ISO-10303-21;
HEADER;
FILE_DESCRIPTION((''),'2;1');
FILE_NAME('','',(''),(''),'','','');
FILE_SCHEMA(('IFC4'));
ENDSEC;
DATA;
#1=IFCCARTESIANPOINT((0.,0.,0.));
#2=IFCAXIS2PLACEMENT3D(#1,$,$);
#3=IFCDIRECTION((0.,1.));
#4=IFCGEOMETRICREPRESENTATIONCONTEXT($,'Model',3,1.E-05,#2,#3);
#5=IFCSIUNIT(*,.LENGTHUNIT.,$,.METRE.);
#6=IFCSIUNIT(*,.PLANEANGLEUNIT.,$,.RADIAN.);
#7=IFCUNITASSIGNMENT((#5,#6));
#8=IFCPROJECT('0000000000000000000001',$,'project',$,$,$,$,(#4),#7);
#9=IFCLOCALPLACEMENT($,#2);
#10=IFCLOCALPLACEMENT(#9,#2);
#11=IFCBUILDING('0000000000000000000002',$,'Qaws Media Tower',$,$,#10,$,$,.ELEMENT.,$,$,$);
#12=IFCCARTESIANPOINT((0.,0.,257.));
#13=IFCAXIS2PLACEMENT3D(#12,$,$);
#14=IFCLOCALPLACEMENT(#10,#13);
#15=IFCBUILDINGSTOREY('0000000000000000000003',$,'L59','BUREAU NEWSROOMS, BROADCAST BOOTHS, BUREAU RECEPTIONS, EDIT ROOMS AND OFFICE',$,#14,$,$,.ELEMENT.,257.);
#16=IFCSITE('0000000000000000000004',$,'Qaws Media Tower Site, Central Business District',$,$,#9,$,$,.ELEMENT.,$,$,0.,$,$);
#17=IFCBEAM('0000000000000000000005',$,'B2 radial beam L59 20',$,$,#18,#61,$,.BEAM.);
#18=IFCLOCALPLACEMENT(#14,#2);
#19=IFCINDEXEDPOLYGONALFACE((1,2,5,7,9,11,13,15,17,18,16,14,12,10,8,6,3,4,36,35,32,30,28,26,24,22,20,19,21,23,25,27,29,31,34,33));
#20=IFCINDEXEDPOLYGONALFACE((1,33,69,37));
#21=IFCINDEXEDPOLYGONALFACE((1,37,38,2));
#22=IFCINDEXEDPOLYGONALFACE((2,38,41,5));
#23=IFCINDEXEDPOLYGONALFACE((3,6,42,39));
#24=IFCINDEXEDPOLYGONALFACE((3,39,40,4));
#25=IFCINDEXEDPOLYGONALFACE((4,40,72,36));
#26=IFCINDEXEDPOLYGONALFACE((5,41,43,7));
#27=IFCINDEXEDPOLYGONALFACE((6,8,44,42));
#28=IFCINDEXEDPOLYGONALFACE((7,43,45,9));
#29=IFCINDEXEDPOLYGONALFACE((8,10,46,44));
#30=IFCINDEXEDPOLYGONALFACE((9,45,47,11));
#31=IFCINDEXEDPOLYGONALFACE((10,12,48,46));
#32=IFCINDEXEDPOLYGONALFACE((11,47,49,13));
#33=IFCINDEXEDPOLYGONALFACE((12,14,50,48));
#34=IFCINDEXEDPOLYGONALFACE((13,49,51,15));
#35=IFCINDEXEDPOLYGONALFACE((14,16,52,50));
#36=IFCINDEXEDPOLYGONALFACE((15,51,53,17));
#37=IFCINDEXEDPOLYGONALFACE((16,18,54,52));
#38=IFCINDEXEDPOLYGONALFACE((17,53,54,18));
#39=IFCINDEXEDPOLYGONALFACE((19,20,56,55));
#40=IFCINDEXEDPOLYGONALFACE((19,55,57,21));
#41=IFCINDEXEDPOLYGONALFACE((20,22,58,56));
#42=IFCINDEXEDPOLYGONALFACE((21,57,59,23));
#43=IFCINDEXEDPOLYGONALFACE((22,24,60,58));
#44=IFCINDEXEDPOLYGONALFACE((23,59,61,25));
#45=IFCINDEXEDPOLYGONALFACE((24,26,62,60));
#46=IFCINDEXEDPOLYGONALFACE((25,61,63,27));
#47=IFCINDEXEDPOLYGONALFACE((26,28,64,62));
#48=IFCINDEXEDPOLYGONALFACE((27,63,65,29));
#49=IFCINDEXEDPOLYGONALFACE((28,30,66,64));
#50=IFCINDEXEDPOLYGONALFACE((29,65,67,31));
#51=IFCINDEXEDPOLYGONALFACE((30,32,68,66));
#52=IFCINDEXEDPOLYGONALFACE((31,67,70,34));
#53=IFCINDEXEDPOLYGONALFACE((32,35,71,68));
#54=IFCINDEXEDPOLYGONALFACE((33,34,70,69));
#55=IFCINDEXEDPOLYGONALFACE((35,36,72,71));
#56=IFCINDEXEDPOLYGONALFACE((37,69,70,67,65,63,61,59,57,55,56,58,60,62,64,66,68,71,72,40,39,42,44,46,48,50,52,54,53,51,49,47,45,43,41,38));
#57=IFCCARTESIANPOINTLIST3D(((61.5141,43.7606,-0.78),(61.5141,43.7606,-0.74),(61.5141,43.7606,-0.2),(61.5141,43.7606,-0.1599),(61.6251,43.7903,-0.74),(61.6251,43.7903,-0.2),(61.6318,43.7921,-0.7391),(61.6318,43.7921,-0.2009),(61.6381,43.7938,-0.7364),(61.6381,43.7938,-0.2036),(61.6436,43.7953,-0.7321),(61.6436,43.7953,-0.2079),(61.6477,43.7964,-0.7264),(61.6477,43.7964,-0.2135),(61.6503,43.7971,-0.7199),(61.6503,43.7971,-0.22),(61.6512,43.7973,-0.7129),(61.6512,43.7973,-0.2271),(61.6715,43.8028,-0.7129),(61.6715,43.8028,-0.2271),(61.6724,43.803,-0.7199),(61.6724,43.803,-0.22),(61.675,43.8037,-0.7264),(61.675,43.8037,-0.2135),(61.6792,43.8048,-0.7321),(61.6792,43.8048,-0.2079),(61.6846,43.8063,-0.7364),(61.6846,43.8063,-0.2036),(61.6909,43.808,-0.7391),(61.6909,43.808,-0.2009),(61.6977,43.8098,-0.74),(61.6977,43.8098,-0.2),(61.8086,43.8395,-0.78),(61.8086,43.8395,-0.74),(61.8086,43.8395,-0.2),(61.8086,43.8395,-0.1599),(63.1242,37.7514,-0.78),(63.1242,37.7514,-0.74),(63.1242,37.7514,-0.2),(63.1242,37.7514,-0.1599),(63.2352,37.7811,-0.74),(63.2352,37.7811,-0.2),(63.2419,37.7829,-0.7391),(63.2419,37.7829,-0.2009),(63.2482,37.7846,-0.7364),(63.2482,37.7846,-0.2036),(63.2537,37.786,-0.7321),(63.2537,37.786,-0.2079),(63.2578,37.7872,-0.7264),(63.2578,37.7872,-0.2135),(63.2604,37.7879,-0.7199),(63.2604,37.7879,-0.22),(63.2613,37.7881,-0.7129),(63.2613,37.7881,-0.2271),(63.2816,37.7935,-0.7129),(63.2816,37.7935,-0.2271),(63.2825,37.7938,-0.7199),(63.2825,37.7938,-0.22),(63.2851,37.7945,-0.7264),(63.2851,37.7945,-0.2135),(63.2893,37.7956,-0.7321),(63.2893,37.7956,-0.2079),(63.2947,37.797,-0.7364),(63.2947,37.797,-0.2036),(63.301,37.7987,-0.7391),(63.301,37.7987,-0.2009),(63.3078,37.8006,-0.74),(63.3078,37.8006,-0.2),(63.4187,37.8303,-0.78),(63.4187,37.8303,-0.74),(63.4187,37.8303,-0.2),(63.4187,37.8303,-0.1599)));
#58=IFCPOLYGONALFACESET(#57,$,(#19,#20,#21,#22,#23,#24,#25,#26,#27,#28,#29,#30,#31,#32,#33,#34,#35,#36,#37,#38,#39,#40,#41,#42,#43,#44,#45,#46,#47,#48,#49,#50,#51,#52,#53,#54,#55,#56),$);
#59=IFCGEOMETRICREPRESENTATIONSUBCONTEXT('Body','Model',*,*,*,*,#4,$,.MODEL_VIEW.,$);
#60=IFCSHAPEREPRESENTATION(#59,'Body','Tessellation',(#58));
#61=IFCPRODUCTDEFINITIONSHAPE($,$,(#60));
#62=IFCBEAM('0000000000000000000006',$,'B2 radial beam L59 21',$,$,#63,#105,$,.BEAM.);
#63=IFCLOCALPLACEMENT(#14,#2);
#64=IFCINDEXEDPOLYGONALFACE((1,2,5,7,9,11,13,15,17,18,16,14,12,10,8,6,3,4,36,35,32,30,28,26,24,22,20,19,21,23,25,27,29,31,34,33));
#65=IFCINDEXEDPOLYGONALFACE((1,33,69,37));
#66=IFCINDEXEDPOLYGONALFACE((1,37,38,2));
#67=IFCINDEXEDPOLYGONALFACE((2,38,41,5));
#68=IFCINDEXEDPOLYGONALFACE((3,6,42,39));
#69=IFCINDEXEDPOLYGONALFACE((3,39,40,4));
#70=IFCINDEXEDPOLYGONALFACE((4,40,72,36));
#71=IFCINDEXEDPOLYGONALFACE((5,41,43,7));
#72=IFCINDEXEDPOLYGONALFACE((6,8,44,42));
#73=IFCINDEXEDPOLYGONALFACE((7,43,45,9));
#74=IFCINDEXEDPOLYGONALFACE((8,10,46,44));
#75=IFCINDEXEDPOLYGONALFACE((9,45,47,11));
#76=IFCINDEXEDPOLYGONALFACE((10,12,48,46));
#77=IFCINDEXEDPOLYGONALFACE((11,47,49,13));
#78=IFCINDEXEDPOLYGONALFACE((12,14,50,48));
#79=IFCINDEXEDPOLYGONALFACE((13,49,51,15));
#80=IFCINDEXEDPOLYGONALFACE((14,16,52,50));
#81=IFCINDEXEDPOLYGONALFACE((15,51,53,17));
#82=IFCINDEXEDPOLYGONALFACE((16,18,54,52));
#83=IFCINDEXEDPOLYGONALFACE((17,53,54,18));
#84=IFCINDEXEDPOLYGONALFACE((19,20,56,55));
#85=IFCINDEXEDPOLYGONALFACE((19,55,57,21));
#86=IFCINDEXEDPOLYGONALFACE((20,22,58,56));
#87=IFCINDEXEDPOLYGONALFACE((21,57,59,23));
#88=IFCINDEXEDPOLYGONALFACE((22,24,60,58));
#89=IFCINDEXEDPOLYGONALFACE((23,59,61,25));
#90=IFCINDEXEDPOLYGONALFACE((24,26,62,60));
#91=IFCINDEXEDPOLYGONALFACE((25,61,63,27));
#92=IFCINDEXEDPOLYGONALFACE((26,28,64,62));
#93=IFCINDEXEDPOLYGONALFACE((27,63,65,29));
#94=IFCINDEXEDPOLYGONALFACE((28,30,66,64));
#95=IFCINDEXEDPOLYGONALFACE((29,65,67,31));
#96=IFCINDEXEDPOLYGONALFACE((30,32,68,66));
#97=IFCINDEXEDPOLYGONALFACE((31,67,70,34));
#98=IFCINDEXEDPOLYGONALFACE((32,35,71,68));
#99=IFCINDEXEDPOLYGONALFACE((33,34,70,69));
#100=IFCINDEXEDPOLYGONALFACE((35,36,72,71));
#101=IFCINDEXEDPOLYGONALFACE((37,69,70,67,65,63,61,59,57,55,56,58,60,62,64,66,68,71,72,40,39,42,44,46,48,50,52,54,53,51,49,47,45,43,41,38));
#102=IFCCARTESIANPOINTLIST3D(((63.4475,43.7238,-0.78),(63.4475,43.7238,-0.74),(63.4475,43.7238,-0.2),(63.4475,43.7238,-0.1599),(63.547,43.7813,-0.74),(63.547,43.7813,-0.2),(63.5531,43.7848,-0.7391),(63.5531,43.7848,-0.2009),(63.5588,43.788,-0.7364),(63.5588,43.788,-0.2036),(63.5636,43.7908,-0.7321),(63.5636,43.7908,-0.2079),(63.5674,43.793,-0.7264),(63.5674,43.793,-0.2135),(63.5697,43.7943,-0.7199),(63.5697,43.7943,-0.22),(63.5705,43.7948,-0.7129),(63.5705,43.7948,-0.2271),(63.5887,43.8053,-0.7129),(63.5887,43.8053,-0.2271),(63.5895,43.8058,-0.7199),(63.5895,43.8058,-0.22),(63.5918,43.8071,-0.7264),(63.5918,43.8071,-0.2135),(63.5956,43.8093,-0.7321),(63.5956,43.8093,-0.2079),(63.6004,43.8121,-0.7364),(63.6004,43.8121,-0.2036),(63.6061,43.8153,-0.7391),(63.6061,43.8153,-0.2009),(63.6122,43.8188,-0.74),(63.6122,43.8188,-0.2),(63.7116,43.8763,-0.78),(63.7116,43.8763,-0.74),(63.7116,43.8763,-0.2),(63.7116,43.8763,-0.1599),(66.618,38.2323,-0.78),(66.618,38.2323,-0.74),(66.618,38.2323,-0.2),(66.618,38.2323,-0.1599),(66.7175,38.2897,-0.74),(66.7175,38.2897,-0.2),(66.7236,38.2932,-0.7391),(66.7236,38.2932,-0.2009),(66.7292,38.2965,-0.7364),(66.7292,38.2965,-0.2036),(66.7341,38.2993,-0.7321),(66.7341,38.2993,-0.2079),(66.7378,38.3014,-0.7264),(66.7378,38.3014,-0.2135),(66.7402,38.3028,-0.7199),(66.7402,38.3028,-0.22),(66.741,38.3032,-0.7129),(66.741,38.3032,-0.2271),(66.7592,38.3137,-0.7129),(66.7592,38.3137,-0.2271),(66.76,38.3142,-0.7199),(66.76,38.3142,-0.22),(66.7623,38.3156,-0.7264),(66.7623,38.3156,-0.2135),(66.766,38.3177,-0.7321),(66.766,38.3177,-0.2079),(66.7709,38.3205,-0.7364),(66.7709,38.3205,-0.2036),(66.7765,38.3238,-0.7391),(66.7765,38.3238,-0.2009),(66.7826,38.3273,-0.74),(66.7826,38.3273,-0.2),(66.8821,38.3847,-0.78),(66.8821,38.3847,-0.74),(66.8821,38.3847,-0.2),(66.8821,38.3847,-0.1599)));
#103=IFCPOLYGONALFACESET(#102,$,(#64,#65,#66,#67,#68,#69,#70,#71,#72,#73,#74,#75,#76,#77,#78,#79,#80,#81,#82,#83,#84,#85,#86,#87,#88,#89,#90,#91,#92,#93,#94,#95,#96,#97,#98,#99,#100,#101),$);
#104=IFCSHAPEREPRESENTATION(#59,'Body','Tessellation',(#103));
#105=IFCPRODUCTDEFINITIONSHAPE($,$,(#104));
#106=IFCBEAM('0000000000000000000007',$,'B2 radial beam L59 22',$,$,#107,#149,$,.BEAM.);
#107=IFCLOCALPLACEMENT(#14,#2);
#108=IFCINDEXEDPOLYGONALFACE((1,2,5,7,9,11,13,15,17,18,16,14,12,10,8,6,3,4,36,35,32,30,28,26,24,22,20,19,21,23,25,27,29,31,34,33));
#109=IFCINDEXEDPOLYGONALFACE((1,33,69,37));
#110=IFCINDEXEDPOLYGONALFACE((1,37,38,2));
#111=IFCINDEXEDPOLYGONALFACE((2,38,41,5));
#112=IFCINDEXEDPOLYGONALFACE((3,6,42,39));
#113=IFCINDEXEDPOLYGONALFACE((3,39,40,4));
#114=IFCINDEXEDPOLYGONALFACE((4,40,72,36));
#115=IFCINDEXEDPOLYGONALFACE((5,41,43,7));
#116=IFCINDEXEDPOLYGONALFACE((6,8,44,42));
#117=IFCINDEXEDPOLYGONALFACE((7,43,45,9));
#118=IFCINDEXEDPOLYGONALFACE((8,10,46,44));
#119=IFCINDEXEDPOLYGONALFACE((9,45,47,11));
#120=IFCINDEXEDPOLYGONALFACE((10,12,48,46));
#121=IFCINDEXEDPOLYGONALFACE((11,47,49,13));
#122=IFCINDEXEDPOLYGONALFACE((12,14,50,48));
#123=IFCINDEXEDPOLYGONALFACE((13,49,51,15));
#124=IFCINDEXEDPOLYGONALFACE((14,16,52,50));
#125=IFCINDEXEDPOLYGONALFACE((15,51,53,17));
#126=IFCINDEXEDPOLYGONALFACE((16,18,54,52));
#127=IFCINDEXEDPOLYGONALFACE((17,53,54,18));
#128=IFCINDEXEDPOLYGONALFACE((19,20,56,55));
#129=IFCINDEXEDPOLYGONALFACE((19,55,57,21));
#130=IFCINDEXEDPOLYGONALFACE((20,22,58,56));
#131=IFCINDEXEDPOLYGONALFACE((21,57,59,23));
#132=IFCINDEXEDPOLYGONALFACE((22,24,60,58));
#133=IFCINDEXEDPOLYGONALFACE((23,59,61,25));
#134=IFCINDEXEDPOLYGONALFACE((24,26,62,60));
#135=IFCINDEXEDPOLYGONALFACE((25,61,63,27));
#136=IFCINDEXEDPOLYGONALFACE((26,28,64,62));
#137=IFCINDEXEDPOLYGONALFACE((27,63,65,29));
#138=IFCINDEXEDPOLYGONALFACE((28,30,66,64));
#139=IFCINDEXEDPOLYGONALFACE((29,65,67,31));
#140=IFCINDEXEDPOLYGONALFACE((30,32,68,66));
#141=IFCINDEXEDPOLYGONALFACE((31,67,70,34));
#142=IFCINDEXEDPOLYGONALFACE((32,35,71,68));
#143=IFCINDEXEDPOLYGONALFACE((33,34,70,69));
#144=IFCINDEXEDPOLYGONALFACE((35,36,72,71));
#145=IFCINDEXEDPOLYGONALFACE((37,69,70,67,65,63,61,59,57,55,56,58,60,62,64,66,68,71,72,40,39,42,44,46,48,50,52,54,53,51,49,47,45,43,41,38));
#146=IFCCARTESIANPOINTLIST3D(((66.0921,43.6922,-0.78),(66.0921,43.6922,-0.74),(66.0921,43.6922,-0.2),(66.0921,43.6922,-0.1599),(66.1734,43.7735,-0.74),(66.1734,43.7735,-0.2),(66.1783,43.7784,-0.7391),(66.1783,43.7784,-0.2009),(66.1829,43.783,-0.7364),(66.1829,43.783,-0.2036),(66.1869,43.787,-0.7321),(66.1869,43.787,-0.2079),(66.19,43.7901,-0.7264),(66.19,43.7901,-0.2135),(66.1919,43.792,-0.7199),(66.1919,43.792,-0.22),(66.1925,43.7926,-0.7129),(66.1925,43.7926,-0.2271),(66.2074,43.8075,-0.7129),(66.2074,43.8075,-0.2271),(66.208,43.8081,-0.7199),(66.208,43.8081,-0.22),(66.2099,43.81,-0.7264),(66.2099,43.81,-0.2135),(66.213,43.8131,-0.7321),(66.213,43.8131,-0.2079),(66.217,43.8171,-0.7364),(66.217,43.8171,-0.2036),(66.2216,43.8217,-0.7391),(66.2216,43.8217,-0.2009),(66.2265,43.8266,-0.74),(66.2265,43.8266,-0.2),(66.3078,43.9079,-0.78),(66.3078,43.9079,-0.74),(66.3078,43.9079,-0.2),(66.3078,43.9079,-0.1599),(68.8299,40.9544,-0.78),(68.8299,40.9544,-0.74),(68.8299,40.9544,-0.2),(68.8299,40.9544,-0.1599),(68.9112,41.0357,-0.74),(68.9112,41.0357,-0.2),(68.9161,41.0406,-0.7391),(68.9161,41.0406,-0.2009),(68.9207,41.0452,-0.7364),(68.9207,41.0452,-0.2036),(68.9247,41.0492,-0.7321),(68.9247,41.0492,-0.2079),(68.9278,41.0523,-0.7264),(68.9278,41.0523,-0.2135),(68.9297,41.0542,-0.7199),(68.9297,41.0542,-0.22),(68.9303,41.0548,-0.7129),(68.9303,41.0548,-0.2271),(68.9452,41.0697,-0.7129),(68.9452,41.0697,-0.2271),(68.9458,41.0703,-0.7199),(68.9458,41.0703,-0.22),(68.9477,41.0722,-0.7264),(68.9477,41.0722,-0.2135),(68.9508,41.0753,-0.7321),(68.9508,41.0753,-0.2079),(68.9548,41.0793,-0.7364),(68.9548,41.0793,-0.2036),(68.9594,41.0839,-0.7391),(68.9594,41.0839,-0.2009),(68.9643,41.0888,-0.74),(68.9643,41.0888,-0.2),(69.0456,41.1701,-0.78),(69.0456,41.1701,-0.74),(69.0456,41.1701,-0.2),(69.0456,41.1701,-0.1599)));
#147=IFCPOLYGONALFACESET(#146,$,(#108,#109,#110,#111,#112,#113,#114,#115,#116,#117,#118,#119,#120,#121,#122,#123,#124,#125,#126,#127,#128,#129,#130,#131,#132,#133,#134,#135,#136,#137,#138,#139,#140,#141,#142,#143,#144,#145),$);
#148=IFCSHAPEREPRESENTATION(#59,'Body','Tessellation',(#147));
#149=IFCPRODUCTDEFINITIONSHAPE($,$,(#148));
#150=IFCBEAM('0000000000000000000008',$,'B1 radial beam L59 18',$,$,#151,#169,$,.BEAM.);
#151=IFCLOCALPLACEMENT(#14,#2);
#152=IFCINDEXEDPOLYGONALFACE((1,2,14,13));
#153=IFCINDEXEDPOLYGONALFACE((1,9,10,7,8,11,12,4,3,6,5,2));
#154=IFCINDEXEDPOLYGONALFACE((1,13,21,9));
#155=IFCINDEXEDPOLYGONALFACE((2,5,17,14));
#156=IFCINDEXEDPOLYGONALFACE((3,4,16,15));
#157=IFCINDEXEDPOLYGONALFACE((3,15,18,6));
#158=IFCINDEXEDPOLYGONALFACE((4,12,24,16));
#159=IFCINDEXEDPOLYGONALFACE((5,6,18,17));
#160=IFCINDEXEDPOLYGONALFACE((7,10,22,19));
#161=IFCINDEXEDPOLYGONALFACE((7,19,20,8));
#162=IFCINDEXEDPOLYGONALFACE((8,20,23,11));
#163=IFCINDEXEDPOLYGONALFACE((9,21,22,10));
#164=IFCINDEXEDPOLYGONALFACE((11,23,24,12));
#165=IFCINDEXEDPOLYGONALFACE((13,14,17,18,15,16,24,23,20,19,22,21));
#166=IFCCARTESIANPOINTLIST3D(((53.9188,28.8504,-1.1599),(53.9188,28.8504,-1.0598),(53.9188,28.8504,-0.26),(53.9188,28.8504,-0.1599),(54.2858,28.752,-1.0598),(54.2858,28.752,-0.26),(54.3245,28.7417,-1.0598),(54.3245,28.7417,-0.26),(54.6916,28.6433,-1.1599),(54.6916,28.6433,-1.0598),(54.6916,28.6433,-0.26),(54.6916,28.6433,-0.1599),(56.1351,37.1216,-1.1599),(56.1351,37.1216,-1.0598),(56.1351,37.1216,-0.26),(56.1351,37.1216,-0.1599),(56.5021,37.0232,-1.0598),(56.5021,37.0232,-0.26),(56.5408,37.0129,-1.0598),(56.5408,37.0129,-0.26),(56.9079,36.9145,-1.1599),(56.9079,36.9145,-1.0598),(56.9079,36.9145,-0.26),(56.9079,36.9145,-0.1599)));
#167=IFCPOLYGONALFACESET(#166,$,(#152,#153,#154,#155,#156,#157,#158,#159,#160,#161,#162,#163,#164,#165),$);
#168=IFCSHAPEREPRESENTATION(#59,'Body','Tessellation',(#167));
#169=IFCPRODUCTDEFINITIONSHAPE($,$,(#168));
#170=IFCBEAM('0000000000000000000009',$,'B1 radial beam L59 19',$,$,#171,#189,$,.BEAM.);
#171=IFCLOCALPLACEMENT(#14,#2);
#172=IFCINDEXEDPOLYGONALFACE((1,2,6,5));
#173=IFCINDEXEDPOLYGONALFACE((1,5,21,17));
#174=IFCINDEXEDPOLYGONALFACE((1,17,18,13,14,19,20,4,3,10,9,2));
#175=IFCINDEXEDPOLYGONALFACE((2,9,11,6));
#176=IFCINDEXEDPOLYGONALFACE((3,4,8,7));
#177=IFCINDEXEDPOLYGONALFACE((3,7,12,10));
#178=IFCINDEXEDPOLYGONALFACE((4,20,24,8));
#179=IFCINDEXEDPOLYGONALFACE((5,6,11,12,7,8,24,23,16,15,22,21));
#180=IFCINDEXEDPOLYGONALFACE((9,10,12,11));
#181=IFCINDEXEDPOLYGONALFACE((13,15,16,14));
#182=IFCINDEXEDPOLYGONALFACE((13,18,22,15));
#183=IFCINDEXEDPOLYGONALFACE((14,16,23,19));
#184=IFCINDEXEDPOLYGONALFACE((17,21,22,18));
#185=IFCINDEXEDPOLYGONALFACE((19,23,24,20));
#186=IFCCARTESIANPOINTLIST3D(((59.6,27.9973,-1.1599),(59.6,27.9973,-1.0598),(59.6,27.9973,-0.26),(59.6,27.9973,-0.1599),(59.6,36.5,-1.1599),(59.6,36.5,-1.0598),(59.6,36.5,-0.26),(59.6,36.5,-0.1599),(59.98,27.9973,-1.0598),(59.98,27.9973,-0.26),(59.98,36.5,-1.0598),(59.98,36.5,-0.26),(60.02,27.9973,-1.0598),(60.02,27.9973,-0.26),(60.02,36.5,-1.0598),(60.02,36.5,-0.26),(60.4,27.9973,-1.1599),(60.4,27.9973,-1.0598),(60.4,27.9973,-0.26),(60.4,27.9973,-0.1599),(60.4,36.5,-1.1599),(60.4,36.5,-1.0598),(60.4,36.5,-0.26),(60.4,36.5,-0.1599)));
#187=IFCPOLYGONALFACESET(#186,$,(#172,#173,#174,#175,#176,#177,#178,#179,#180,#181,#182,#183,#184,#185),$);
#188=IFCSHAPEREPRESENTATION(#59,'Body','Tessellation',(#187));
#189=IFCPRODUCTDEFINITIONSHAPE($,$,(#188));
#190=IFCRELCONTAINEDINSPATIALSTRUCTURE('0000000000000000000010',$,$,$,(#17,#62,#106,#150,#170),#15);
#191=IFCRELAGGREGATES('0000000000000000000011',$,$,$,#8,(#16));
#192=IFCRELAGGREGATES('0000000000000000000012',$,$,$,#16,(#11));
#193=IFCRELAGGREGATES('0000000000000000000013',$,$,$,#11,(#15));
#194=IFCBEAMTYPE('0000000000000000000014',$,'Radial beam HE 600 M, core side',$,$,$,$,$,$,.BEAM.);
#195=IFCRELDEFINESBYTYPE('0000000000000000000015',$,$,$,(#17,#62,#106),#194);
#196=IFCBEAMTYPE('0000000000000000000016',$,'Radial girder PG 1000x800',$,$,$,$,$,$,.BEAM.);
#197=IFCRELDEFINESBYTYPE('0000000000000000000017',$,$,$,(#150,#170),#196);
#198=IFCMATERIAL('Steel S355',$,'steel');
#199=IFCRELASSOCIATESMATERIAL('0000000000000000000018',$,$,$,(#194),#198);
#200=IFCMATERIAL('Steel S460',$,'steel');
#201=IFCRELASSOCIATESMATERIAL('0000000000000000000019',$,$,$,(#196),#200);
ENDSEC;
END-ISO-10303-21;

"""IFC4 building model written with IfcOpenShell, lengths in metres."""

from ifc_helpers import new_model, si_unit, direction, frame, origin, origin_2d, place, context, subcontext, project, spatial, i_section, extrude, material, material_profile, profile_set, type_object, element, save


model = new_model("IFC4")

# Units and contexts
model_context = context("Model", 3, precision=1e-05, world=origin(), true_north=direction((0.0, 1.0)))
body_context = subcontext(model_context, "Body", "Model", "MODEL_VIEW")
ifc_project = project(units=[si_unit("LENGTHUNIT", "METRE"), si_unit("PLANEANGLEUNIT", "RADIAN")], contexts=[model_context])

# Site, building, storey
site_placement = place(None, origin())
site = spatial("IfcSite", under=ifc_project, at=site_placement, Name="Qaws Media Tower Site, Central Business District", CompositionType="ELEMENT", RefElevation=0.0)
building_placement = place(site_placement, origin())
building = spatial("IfcBuilding", under=site, at=building_placement, Name="Qaws Media Tower", CompositionType="ELEMENT")
storey_placement = place(building_placement, frame((0.0, 0.0, 257.0)))
storey = spatial("IfcBuildingStorey", under=building, at=storey_placement, Name="L59", Description="BUREAU NEWSROOMS, BROADCAST BOOTHS, BUREAU RECEPTIONS, EDIT ROOMS AND OFFICE", CompositionType="ELEMENT", Elevation=257.0)

# Beams
ifc_material_1 = material(Name="Steel S355", Category="steel")
ifc_material_profile_1 = material_profile(ifc_material_1, i_section(OverallWidth=0.3049, OverallDepth=0.6201, WebThickness=0.021, FlangeThickness=0.04, FilletRadius=0.0271, at=origin_2d()), Name="HE 600 M")
ifc_profile_set_1 = profile_set([ifc_material_profile_1], Name="Steel S355")
beam_type_1 = type_object("IfcBeamType", Name="Radial beam HE 600 M, core side", PredefinedType="BEAM", material=ifc_profile_set_1)
beam_1_placement = place(storey_placement, frame((61.6614, 43.8, -0.47), z_axis=(0.258808, -0.965929, 0.0), x_axis=(0.965929, 0.258808, 0.0)))
element("IfcBeam", 1, at=beam_1_placement, inside=storey, type_object=beam_type_1, Name="B2 radial beam L59 20", PredefinedType="BEAM", context=body_context, shape_type="SweptSolid", body=[
    extrude(i_section(OverallWidth=0.3049, OverallDepth=0.6201, WebThickness=0.021, FlangeThickness=0.04, FilletRadius=0.0271, at=origin_2d()), origin(), (0.0, 0.0, 1.0), 6.2212),
])
beam_2_placement = place(storey_placement, frame((63.5796, 43.8, -0.47), z_axis=(0.49999, -0.866031, 0.0), x_axis=(0.866031, 0.49999, 0.0)))
element("IfcBeam", 2, at=beam_2_placement, inside=storey, type_object=beam_type_1, Name="B2 radial beam L59 21", PredefinedType="BEAM", context=body_context, shape_type="SweptSolid", body=[
    extrude(i_section(OverallWidth=0.3049, OverallDepth=0.6201, WebThickness=0.021, FlangeThickness=0.04, FilletRadius=0.0271, at=origin_2d()), origin(), (0.0, 0.0, 1.0), 6.3411),
])
beam_3_placement = place(storey_placement, frame((66.2, 43.8, -0.47), z_axis=(0.707107, -0.707107, 0.0), x_axis=(0.707107, 0.707107, 0.0)))
element("IfcBeam", 3, at=beam_3_placement, inside=storey, type_object=beam_type_1, Name="B2 radial beam L59 22", PredefinedType="BEAM", context=body_context, shape_type="SweptSolid", body=[
    extrude(i_section(OverallWidth=0.3049, OverallDepth=0.6201, WebThickness=0.021, FlangeThickness=0.04, FilletRadius=0.0271, at=origin_2d()), origin(), (0.0, 0.0, 1.0), 3.8718),
])
ifc_material_2 = material(Name="Steel S460", Category="steel")
ifc_material_profile_2 = material_profile(ifc_material_2, i_section(OverallWidth=0.8, OverallDepth=1.0, WebThickness=0.04, FlangeThickness=0.1001, at=origin_2d()), Name="PG 1000x800")
ifc_profile_set_2 = profile_set([ifc_material_profile_2], Name="Steel S460")
beam_type_2 = type_object("IfcBeamType", Name="Radial girder PG 1000x800", PredefinedType="BEAM", material=ifc_profile_set_2)
beam_4_placement = place(storey_placement, frame((56.5215, 37.0181, -0.6599), z_axis=(-0.258823, -0.965925, 0.0), x_axis=(0.965925, -0.258823, 0.0)))
element("IfcBeam", 4, at=beam_4_placement, inside=storey, type_object=beam_type_2, Name="B1 radial beam L59 18", PredefinedType="BEAM", context=body_context, shape_type="SweptSolid", body=[
    extrude(i_section(OverallWidth=0.8, OverallDepth=1.0, WebThickness=0.04, FlangeThickness=0.1001, at=origin_2d()), origin(), (0.0, 0.0, 1.0), 8.563),
])
beam_5_placement = place(storey_placement, frame((60.0, 36.5, -0.6599), z_axis=(0.0, -1.0, 0.0), x_axis=(1.0, 0.0, 0.0)))
element("IfcBeam", 5, at=beam_5_placement, inside=storey, type_object=beam_type_2, Name="B1 radial beam L59 19", PredefinedType="BEAM", context=body_context, shape_type="SweptSolid", body=[
    extrude(i_section(OverallWidth=0.8, OverallDepth=1.0, WebThickness=0.04, FlangeThickness=0.1001, at=origin_2d()), origin(), (0.0, 0.0, 1.0), 8.5027),
])

save(model, "model.ifc")
